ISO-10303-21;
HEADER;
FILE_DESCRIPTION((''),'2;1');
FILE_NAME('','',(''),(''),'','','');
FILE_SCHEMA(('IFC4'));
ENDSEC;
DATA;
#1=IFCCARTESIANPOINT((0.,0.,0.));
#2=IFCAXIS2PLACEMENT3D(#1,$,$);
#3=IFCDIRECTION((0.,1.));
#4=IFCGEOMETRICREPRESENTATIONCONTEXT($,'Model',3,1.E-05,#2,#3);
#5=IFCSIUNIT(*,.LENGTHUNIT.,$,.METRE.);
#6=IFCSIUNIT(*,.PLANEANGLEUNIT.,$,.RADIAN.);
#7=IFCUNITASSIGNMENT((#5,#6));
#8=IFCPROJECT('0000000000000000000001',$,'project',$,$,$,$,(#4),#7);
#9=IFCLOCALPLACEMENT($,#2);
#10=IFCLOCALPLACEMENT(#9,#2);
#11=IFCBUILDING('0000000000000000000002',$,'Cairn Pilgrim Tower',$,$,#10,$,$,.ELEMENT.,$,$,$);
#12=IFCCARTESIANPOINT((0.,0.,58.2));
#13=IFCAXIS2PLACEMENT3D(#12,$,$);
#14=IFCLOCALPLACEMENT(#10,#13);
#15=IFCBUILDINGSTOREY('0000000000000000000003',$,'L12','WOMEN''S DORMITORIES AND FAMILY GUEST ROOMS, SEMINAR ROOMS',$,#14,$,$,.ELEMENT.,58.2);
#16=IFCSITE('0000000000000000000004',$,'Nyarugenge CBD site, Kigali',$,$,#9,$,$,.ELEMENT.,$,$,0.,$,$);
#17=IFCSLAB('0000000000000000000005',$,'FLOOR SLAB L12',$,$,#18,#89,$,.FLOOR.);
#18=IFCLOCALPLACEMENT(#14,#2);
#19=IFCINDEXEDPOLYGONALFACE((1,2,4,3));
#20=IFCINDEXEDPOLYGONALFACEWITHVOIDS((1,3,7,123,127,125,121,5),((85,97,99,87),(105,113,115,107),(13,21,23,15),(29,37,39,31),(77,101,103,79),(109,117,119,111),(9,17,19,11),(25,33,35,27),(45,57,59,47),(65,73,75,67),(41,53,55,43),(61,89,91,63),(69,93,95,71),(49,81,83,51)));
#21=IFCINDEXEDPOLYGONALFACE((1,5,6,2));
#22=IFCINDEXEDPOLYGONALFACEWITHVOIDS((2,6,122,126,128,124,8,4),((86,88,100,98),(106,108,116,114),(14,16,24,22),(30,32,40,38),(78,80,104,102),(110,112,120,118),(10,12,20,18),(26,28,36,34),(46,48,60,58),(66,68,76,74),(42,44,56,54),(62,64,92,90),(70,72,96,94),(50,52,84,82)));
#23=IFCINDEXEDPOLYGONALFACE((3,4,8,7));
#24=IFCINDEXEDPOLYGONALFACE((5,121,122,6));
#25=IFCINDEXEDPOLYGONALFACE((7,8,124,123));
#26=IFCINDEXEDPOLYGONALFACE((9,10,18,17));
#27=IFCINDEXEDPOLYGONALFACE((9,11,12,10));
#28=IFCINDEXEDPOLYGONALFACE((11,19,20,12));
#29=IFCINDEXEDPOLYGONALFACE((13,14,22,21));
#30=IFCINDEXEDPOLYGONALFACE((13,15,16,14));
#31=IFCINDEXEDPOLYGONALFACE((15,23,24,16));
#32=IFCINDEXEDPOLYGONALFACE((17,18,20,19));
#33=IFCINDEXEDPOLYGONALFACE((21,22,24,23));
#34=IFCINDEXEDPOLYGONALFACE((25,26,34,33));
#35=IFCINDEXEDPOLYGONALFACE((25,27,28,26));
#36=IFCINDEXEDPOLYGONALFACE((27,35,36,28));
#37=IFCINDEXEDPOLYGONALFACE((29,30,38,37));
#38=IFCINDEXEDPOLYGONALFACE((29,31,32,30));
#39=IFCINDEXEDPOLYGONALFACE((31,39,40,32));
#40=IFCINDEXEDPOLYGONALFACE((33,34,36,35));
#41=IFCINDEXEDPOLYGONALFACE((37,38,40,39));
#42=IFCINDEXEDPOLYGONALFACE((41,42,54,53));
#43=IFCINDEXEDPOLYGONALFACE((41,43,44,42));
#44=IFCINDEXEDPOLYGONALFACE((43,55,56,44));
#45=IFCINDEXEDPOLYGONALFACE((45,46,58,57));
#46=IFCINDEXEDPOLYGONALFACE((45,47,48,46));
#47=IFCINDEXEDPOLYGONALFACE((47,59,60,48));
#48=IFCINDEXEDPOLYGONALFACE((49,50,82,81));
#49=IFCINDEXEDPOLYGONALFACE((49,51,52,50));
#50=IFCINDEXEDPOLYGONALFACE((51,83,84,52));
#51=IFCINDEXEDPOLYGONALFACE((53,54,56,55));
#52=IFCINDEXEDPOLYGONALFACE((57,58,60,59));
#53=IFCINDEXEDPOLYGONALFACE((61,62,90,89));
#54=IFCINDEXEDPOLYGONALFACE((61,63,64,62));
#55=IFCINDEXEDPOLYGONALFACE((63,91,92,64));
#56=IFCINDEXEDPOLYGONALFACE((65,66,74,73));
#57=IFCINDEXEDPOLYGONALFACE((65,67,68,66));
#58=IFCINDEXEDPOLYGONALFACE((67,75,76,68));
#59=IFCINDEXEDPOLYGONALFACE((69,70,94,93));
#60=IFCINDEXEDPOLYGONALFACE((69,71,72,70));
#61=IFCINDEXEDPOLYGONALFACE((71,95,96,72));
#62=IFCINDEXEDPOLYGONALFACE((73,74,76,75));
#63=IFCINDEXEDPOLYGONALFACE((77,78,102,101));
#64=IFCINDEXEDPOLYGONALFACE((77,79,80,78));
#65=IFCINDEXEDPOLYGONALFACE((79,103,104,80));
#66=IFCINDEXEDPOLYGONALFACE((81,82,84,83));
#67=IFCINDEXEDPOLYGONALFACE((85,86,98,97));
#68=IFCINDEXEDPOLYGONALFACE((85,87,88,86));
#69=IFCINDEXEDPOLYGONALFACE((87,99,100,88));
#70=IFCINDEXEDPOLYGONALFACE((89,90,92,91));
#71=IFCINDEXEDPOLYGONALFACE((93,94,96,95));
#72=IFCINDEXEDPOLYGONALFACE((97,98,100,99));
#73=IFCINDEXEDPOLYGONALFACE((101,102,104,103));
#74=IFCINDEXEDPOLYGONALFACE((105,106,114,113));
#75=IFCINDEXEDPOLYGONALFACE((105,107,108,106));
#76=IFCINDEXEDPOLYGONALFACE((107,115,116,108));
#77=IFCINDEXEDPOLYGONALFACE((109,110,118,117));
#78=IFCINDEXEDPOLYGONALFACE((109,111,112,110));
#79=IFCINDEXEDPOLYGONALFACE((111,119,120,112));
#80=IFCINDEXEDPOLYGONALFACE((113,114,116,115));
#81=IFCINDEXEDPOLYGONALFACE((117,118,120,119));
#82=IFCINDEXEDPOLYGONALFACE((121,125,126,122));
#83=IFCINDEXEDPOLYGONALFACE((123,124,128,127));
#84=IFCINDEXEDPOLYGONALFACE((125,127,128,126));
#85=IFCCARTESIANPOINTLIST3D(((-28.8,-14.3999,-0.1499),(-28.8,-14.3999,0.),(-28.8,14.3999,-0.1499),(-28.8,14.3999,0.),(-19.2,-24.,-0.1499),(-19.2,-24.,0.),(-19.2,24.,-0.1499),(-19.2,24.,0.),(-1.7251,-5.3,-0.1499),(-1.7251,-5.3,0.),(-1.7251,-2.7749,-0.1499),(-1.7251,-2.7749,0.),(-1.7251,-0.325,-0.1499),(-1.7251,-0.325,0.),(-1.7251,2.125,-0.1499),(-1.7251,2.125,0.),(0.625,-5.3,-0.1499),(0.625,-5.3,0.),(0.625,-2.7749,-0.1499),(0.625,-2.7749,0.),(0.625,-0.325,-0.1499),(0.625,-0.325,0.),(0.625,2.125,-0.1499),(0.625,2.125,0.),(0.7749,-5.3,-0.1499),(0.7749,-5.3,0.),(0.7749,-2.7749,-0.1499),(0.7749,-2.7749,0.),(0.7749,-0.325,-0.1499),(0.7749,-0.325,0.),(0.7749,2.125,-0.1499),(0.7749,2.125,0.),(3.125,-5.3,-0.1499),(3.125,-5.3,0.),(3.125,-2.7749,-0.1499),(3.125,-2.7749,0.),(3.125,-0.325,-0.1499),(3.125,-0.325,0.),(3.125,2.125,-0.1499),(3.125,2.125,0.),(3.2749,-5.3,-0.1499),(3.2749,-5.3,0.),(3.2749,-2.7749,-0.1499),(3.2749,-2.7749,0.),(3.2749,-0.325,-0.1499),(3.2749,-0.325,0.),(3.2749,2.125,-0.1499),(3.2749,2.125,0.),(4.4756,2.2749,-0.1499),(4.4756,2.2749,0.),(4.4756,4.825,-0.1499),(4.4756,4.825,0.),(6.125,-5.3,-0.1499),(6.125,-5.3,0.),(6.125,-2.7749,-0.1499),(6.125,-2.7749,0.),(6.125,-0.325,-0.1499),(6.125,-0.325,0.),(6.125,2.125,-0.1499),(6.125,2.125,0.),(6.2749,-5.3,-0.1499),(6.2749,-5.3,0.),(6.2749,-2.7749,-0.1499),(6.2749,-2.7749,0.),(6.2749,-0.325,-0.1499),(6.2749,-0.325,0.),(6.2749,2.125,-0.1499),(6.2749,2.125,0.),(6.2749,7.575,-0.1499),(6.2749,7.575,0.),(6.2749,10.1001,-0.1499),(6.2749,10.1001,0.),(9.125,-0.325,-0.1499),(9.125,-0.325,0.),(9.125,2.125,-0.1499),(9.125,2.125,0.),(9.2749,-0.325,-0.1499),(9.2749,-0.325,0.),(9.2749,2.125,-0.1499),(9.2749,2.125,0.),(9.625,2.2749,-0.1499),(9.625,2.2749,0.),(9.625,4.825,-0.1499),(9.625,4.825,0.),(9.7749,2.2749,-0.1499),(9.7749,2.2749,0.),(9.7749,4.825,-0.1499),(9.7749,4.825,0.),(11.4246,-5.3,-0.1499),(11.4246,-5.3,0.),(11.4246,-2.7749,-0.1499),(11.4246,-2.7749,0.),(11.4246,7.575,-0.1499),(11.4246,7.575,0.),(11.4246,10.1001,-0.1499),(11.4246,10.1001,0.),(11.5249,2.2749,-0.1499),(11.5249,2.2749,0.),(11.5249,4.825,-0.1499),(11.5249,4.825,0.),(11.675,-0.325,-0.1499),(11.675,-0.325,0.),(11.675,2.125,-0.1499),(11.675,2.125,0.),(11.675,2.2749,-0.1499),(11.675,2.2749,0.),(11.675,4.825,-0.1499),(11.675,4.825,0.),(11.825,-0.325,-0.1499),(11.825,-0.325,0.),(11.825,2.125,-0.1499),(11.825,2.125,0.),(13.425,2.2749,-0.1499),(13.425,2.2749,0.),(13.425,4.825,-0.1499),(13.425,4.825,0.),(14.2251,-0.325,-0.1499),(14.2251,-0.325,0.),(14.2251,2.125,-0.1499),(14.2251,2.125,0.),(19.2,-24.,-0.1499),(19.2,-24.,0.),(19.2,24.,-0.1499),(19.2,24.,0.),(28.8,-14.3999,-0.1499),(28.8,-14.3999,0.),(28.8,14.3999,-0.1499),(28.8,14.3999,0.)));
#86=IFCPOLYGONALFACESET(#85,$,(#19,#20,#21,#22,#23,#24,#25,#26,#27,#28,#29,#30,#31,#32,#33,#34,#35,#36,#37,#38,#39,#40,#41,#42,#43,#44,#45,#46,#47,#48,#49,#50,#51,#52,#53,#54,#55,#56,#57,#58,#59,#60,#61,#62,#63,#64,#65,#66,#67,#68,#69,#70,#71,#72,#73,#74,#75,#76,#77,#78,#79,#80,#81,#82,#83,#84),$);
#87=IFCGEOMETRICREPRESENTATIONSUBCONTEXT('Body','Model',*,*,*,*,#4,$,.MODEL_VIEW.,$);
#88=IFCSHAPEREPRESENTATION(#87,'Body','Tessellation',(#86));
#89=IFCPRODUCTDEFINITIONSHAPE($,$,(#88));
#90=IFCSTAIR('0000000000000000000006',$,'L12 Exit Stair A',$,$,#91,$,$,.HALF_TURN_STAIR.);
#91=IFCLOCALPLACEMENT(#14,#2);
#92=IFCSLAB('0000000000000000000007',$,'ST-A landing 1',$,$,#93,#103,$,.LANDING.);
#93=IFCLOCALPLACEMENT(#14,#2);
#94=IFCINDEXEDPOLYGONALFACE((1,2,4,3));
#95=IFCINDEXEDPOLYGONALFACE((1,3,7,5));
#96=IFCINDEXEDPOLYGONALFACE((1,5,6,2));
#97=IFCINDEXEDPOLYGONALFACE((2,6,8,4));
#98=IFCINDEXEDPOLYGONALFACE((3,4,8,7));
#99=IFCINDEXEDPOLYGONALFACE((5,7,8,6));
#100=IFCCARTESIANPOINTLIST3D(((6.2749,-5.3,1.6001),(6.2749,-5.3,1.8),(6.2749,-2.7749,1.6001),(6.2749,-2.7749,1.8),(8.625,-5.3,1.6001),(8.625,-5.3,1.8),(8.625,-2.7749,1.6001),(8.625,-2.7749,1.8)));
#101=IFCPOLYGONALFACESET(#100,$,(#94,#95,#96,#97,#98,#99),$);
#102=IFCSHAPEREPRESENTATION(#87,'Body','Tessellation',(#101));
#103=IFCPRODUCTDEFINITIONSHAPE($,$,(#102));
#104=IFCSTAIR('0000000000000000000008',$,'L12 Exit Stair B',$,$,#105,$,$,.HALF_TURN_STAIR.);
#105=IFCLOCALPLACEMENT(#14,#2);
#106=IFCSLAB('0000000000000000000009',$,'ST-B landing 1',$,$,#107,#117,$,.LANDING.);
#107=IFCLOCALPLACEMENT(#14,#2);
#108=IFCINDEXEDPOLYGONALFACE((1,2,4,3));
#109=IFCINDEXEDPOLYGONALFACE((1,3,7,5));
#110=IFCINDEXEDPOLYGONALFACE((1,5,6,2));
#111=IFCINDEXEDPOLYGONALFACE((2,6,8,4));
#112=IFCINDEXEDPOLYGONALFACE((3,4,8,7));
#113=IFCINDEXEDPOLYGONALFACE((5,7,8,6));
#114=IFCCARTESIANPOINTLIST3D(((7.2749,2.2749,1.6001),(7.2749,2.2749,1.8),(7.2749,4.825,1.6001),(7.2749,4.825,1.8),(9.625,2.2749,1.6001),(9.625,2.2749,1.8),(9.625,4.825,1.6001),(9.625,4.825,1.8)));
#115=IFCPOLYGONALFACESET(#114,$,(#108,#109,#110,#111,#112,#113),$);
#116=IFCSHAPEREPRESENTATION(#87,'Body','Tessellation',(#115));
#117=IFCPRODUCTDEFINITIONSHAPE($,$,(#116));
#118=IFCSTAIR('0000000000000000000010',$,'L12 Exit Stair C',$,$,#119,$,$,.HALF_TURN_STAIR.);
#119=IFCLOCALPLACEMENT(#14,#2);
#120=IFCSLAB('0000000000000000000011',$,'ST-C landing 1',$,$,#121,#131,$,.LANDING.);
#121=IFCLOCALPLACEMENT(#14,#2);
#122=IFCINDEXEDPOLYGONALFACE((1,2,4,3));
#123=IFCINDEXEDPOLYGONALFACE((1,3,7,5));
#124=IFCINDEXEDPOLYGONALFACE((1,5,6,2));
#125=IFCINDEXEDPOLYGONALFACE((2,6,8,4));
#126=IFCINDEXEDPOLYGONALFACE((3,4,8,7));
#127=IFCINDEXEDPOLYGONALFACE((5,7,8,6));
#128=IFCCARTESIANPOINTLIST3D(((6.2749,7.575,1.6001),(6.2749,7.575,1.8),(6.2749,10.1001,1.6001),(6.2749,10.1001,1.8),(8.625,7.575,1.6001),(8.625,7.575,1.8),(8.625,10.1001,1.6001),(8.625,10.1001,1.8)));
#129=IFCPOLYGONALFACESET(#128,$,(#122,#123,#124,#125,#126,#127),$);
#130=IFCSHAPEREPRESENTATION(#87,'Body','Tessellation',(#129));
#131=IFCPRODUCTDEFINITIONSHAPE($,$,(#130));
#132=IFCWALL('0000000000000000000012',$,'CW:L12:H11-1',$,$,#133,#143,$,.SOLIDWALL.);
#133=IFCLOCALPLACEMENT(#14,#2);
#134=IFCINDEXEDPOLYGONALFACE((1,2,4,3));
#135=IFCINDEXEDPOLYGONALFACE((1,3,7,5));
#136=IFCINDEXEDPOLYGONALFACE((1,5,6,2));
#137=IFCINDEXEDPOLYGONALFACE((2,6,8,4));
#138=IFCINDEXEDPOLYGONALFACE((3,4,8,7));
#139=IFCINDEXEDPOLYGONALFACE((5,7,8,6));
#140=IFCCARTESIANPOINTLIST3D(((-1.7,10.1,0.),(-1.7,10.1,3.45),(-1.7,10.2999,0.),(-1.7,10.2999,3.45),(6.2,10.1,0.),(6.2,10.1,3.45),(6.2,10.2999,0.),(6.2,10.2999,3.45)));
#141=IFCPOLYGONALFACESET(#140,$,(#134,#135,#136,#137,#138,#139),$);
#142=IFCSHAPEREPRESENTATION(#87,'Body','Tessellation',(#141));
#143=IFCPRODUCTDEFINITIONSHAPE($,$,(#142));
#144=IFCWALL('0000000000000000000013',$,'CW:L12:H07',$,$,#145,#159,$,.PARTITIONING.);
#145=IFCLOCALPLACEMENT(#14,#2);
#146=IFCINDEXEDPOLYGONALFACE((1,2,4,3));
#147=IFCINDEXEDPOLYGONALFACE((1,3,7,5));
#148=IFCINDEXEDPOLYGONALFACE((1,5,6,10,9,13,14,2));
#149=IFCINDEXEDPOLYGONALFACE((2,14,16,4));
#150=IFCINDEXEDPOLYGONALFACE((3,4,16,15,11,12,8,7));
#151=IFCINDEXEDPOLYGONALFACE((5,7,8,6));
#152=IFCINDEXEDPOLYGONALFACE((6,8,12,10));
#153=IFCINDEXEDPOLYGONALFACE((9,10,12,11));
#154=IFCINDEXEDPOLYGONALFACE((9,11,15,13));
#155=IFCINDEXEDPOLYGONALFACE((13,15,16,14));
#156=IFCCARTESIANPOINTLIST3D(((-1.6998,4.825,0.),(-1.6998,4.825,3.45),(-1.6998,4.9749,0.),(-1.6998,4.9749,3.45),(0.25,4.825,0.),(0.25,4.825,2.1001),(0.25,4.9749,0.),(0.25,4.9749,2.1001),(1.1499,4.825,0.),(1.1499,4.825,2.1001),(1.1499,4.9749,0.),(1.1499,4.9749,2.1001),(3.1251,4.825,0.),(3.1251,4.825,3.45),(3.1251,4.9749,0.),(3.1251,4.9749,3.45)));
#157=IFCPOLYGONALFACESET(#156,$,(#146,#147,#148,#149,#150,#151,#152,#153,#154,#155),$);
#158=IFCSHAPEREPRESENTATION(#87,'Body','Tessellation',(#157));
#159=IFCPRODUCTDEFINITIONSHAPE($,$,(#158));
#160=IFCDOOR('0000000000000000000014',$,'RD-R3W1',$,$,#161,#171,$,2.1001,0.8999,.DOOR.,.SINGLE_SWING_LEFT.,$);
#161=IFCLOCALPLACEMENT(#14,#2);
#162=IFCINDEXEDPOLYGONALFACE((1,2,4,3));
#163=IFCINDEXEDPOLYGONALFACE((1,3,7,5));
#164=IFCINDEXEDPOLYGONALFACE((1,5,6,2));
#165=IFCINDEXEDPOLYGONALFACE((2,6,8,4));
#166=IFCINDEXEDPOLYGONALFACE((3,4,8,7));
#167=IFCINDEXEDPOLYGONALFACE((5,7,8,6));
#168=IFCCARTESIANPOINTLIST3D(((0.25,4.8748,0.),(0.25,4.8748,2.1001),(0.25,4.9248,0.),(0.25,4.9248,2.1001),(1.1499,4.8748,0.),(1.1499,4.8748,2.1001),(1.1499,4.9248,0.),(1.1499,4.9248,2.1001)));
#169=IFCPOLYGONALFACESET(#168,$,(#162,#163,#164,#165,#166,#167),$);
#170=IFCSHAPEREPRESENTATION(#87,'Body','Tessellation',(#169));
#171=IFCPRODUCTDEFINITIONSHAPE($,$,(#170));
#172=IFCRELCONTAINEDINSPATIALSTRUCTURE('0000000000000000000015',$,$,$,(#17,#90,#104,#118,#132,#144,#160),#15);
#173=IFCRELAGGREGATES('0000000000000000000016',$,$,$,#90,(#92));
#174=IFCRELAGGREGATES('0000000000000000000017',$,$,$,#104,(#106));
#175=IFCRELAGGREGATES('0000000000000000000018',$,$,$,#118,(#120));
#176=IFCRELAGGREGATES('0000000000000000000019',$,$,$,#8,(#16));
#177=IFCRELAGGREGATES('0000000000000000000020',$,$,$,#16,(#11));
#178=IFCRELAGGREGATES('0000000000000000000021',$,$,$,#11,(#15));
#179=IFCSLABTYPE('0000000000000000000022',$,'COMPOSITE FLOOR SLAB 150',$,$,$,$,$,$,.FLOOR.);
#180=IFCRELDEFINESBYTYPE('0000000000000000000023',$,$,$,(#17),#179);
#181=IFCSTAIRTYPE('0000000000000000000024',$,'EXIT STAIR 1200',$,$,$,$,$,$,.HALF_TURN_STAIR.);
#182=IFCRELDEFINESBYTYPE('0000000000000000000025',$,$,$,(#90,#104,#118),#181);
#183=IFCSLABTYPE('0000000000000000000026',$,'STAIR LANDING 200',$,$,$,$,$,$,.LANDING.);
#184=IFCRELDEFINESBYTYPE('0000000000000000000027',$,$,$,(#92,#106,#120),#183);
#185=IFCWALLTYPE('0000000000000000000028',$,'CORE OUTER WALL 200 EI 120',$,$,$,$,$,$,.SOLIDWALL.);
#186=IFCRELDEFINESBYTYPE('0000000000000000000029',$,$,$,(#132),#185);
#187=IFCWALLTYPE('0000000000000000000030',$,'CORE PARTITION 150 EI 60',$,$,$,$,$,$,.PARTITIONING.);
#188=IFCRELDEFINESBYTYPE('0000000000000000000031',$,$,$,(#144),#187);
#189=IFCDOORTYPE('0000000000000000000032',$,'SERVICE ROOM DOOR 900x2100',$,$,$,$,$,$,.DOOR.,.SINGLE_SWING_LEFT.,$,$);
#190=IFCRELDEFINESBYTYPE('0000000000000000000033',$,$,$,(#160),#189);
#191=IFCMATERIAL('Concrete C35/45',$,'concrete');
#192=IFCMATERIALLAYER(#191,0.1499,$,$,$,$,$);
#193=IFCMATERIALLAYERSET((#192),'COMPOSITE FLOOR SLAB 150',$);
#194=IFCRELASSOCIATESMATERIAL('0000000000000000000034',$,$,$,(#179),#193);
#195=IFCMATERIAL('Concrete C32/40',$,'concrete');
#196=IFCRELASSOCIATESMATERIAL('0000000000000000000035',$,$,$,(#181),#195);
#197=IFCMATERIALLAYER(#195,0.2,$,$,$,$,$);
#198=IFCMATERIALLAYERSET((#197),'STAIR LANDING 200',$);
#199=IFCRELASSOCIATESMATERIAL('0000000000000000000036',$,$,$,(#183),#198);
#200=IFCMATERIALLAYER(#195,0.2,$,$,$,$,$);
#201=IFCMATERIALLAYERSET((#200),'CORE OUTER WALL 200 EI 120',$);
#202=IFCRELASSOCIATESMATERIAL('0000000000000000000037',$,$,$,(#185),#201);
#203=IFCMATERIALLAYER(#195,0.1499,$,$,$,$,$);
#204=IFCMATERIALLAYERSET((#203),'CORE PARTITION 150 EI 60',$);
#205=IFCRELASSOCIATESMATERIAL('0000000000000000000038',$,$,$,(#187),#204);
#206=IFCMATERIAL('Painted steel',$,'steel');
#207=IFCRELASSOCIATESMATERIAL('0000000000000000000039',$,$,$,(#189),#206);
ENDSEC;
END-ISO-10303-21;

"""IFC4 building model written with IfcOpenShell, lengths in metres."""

from ifc_helpers import new_model, si_unit, direction, frame, frame_2d, origin, place, context, subcontext, project, spatial, polyline, rectangle, outline, extrude, material, layer, layer_set, type_object, element, fill, aggregate, save


model = new_model("IFC4")

# Units and contexts
model_context = context("Model", 3, precision=1e-05, world=origin(), true_north=direction((0.0, 1.0)))
body_context = subcontext(model_context, "Body", "Model", "MODEL_VIEW")
ifc_project = project(units=[si_unit("LENGTHUNIT", "METRE"), si_unit("PLANEANGLEUNIT", "RADIAN")], contexts=[model_context])

# Site, building, storey
site_placement = place(None, origin())
site = spatial("IfcSite", under=ifc_project, at=site_placement, Name="Nyarugenge CBD site, Kigali", CompositionType="ELEMENT", RefElevation=0.0)
building_placement = place(site_placement, origin())
building = spatial("IfcBuilding", under=site, at=building_placement, Name="Cairn Pilgrim Tower", CompositionType="ELEMENT")
storey_placement = place(building_placement, frame((0.0, 0.0, 58.2)))
storey = spatial("IfcBuildingStorey", under=building, at=storey_placement, Name="L12", Description="WOMEN'S DORMITORIES AND FAMILY GUEST ROOMS, SEMINAR ROOMS", CompositionType="ELEMENT", Elevation=58.2)

# Slab
ifc_material_1 = material(Name="Concrete C35/45", Category="concrete")
ifc_layer_1 = layer(ifc_material_1, 0.1499)
ifc_layer_set_1 = layer_set([ifc_layer_1], Name="COMPOSITE FLOOR SLAB 150")
slab_type_1 = type_object("IfcSlabType", Name="COMPOSITE FLOOR SLAB 150", PredefinedType="FLOOR", material=ifc_layer_set_1)
slab_1_placement = place(storey_placement, frame((0.0, 0.0, -0.1499)))
element("IfcSlab", 1, at=slab_1_placement, inside=storey, type_object=slab_type_1, Name="FLOOR SLAB L12", PredefinedType="FLOOR", context=body_context, shape_type="SweptSolid", body=[
    extrude(outline(polyline([(-19.2, -24.0), (19.2, -24.0), (28.8, -14.3999), (28.8, 14.3999), (19.2, 24.0), (-19.2, 24.0), (-28.8, 14.3999), (-28.8, -14.3999), (-19.2, -24.0)]), holes=[polyline([(-1.7251, -5.3), (0.625, -5.3), (0.625, -2.7749), (-1.7251, -2.7749), (-1.7251, -5.3)]), polyline([(0.7749, -5.3), (3.125, -5.3), (3.125, -2.7749), (0.7749, -2.7749), (0.7749, -5.3)]), polyline([(-1.7251, -0.325), (0.625, -0.325), (0.625, 2.125), (-1.7251, 2.125), (-1.7251, -0.325)]), polyline([(0.7749, -0.325), (3.125, -0.325), (3.125, 2.125), (0.7749, 2.125), (0.7749, -0.325)]), polyline([(3.2749, -5.3), (6.125, -5.3), (6.125, -2.7749), (3.2749, -2.7749), (3.2749, -5.3)]), polyline([(3.2749, -0.325), (6.125, -0.325), (6.125, 2.125), (3.2749, 2.125), (3.2749, -0.325)]), polyline([(6.2749, -0.325), (9.125, -0.325), (9.125, 2.125), (6.2749, 2.125), (6.2749, -0.325)]), polyline([(9.2749, -0.325), (11.675, -0.325), (11.675, 2.125), (9.2749, 2.125), (9.2749, -0.325)]), polyline([(11.825, -0.325), (14.2251, -0.325), (14.2251, 2.125), (11.825, 2.125), (11.825, -0.325)]), polyline([(9.7749, 2.2749), (11.5249, 2.2749), (11.5249, 4.825), (9.7749, 4.825), (9.7749, 2.2749)]), polyline([(11.675, 2.2749), (13.425, 2.2749), (13.425, 4.825), (11.675, 4.825), (11.675, 2.2749)]), polyline([(11.4246, -2.7749), (6.2749, -2.7749), (6.2749, -5.3), (11.4246, -5.3), (11.4246, -2.7749)]), polyline([(4.4756, 2.2749), (9.625, 2.2749), (9.625, 4.825), (4.4756, 4.825), (4.4756, 2.2749)]), polyline([(11.4246, 10.1001), (6.2749, 10.1001), (6.2749, 7.575), (11.4246, 7.575), (11.4246, 10.1001)])]), origin(), (0.0, 0.0, 1.0), 0.1499),
])

# Stairs, slabs
ifc_material_2 = material(Name="Concrete C32/40", Category="concrete")
stair_type = type_object("IfcStairType", Name="EXIT STAIR 1200", PredefinedType="HALF_TURN_STAIR", material=ifc_material_2)
stair_1_placement = place(storey_placement, origin())
stair_1 = element("IfcStair", 2, at=stair_1_placement, inside=storey, type_object=stair_type, Name="L12 Exit Stair A", PredefinedType="HALF_TURN_STAIR")
ifc_layer_2 = layer(ifc_material_2, 0.2)
ifc_layer_set_2 = layer_set([ifc_layer_2], Name="STAIR LANDING 200")
slab_type_2 = type_object("IfcSlabType", Name="STAIR LANDING 200", PredefinedType="LANDING", material=ifc_layer_set_2)
slab_2_placement = place(storey_placement, frame((0.0, 0.0, 1.6001)))
slab_2 = element("IfcSlab", 3, at=slab_2_placement, type_object=slab_type_2, Name="ST-A landing 1", PredefinedType="LANDING", context=body_context, shape_type="SweptSolid", body=[
    extrude(outline(polyline([(8.625, -2.7749), (6.2749, -2.7749), (6.2749, -5.3), (8.625, -5.3), (8.625, -2.7749)])), origin(), (0.0, 0.0, 1.0), 0.2),
])
aggregate(stair_1, [slab_2])
stair_2_placement = place(storey_placement, origin())
stair_2 = element("IfcStair", 4, at=stair_2_placement, inside=storey, type_object=stair_type, Name="L12 Exit Stair B", PredefinedType="HALF_TURN_STAIR")
slab_3_placement = place(storey_placement, frame((0.0, 0.0, 1.6001)))
slab_3 = element("IfcSlab", 5, at=slab_3_placement, type_object=slab_type_2, Name="ST-B landing 1", PredefinedType="LANDING", context=body_context, shape_type="SweptSolid", body=[
    extrude(outline(polyline([(7.2749, 2.2749), (9.625, 2.2749), (9.625, 4.825), (7.2749, 4.825), (7.2749, 2.2749)])), origin(), (0.0, 0.0, 1.0), 0.2),
])
aggregate(stair_2, [slab_3])
stair_3_placement = place(storey_placement, origin())
stair_3 = element("IfcStair", 6, at=stair_3_placement, inside=storey, type_object=stair_type, Name="L12 Exit Stair C", PredefinedType="HALF_TURN_STAIR")
slab_4_placement = place(storey_placement, frame((0.0, 0.0, 1.6001)))
slab_4 = element("IfcSlab", 7, at=slab_4_placement, type_object=slab_type_2, Name="ST-C landing 1", PredefinedType="LANDING", context=body_context, shape_type="SweptSolid", body=[
    extrude(outline(polyline([(8.625, 10.1001), (6.2749, 10.1001), (6.2749, 7.575), (8.625, 7.575), (8.625, 10.1001)])), origin(), (0.0, 0.0, 1.0), 0.2),
])
aggregate(stair_3, [slab_4])

# Wall
ifc_layer_3 = layer(ifc_material_2, 0.2)
ifc_layer_set_3 = layer_set([ifc_layer_3], Name="CORE OUTER WALL 200 EI 120")
wall_type_1 = type_object("IfcWallType", Name="CORE OUTER WALL 200 EI 120", PredefinedType="SOLIDWALL", material=ifc_layer_set_3)
wall_1_placement = place(storey_placement, frame((-1.7, 10.2, 0.0), z_axis=(0.0, 0.0, 1.0), x_axis=(1.0, 0.0, 0.0)))
element("IfcWall", 8, at=wall_1_placement, inside=storey, type_object=wall_type_1, Name="CW:L12:H11-1", PredefinedType="SOLIDWALL", context=body_context, shape_type="SweptSolid", body=[
    extrude(rectangle(XDim=7.8999, YDim=0.2, at=frame_2d((3.95, 0.0))), origin(), (0.0, 0.0, 1.0), 3.45),
])

# Wall, opening, door
ifc_layer_4 = layer(ifc_material_2, 0.1499)
ifc_layer_set_4 = layer_set([ifc_layer_4], Name="CORE PARTITION 150 EI 60")
wall_type_2 = type_object("IfcWallType", Name="CORE PARTITION 150 EI 60", PredefinedType="PARTITIONING", material=ifc_layer_set_4)
wall_2_placement = place(storey_placement, frame((-1.7, 4.8999, 0.0), z_axis=(0.0, 0.0, 1.0), x_axis=(1.0, 0.0, 0.0)))
wall_2 = element("IfcWall", 9, at=wall_2_placement, inside=storey, type_object=wall_type_2, Name="CW:L12:H07", PredefinedType="PARTITIONING", context=body_context, shape_type="SweptSolid", body=[
    extrude(rectangle(XDim=4.825, YDim=0.1499, at=frame_2d((2.4126, 0.0))), origin(), (0.0, 0.0, 1.0), 3.45),
])
opening_1_placement = place(wall_2_placement, frame((1.95, 0.0, 0.0)))
opening_1 = element("IfcOpeningElement", 10, at=opening_1_placement, cuts=wall_2, PredefinedType="OPENING", context=body_context, shape_type="SweptSolid", body=[
    extrude(rectangle(XDim=0.8999, YDim=2.1001, at=frame_2d((0.45, 1.05))), frame((0.0, 0.085, 0.0), z_axis=(0.0, -1.0, 0.0), x_axis=(1.0, 0.0, 0.0)), (0.0, 0.0, 1.0), 0.1699),
])
ifc_material_3 = material(Name="Painted steel", Category="steel")
door_type_1 = type_object("IfcDoorType", Name="SERVICE ROOM DOOR 900x2100", OperationType="SINGLE_SWING_LEFT", PredefinedType="DOOR", material=ifc_material_3)
door_1_placement = place(opening_1_placement, origin())
door_1 = element("IfcDoor", 11, at=door_1_placement, inside=storey, type_object=door_type_1, Name="RD-R3W1", OperationType="SINGLE_SWING_LEFT", OverallHeight=2.1001, OverallWidth=0.8999, PredefinedType="DOOR", context=body_context, shape_type="SweptSolid", body=[
    extrude(rectangle(XDim=0.8999, YDim=2.1001, at=frame_2d((0.45, 1.05))), frame((0.0, 0.0249, 0.0), z_axis=(0.0, -1.0, 0.0), x_axis=(1.0, 0.0, 0.0)), (0.0, 0.0, 1.0), 0.05),
])
fill(opening_1, door_1)

save(model, "model.ifc")
